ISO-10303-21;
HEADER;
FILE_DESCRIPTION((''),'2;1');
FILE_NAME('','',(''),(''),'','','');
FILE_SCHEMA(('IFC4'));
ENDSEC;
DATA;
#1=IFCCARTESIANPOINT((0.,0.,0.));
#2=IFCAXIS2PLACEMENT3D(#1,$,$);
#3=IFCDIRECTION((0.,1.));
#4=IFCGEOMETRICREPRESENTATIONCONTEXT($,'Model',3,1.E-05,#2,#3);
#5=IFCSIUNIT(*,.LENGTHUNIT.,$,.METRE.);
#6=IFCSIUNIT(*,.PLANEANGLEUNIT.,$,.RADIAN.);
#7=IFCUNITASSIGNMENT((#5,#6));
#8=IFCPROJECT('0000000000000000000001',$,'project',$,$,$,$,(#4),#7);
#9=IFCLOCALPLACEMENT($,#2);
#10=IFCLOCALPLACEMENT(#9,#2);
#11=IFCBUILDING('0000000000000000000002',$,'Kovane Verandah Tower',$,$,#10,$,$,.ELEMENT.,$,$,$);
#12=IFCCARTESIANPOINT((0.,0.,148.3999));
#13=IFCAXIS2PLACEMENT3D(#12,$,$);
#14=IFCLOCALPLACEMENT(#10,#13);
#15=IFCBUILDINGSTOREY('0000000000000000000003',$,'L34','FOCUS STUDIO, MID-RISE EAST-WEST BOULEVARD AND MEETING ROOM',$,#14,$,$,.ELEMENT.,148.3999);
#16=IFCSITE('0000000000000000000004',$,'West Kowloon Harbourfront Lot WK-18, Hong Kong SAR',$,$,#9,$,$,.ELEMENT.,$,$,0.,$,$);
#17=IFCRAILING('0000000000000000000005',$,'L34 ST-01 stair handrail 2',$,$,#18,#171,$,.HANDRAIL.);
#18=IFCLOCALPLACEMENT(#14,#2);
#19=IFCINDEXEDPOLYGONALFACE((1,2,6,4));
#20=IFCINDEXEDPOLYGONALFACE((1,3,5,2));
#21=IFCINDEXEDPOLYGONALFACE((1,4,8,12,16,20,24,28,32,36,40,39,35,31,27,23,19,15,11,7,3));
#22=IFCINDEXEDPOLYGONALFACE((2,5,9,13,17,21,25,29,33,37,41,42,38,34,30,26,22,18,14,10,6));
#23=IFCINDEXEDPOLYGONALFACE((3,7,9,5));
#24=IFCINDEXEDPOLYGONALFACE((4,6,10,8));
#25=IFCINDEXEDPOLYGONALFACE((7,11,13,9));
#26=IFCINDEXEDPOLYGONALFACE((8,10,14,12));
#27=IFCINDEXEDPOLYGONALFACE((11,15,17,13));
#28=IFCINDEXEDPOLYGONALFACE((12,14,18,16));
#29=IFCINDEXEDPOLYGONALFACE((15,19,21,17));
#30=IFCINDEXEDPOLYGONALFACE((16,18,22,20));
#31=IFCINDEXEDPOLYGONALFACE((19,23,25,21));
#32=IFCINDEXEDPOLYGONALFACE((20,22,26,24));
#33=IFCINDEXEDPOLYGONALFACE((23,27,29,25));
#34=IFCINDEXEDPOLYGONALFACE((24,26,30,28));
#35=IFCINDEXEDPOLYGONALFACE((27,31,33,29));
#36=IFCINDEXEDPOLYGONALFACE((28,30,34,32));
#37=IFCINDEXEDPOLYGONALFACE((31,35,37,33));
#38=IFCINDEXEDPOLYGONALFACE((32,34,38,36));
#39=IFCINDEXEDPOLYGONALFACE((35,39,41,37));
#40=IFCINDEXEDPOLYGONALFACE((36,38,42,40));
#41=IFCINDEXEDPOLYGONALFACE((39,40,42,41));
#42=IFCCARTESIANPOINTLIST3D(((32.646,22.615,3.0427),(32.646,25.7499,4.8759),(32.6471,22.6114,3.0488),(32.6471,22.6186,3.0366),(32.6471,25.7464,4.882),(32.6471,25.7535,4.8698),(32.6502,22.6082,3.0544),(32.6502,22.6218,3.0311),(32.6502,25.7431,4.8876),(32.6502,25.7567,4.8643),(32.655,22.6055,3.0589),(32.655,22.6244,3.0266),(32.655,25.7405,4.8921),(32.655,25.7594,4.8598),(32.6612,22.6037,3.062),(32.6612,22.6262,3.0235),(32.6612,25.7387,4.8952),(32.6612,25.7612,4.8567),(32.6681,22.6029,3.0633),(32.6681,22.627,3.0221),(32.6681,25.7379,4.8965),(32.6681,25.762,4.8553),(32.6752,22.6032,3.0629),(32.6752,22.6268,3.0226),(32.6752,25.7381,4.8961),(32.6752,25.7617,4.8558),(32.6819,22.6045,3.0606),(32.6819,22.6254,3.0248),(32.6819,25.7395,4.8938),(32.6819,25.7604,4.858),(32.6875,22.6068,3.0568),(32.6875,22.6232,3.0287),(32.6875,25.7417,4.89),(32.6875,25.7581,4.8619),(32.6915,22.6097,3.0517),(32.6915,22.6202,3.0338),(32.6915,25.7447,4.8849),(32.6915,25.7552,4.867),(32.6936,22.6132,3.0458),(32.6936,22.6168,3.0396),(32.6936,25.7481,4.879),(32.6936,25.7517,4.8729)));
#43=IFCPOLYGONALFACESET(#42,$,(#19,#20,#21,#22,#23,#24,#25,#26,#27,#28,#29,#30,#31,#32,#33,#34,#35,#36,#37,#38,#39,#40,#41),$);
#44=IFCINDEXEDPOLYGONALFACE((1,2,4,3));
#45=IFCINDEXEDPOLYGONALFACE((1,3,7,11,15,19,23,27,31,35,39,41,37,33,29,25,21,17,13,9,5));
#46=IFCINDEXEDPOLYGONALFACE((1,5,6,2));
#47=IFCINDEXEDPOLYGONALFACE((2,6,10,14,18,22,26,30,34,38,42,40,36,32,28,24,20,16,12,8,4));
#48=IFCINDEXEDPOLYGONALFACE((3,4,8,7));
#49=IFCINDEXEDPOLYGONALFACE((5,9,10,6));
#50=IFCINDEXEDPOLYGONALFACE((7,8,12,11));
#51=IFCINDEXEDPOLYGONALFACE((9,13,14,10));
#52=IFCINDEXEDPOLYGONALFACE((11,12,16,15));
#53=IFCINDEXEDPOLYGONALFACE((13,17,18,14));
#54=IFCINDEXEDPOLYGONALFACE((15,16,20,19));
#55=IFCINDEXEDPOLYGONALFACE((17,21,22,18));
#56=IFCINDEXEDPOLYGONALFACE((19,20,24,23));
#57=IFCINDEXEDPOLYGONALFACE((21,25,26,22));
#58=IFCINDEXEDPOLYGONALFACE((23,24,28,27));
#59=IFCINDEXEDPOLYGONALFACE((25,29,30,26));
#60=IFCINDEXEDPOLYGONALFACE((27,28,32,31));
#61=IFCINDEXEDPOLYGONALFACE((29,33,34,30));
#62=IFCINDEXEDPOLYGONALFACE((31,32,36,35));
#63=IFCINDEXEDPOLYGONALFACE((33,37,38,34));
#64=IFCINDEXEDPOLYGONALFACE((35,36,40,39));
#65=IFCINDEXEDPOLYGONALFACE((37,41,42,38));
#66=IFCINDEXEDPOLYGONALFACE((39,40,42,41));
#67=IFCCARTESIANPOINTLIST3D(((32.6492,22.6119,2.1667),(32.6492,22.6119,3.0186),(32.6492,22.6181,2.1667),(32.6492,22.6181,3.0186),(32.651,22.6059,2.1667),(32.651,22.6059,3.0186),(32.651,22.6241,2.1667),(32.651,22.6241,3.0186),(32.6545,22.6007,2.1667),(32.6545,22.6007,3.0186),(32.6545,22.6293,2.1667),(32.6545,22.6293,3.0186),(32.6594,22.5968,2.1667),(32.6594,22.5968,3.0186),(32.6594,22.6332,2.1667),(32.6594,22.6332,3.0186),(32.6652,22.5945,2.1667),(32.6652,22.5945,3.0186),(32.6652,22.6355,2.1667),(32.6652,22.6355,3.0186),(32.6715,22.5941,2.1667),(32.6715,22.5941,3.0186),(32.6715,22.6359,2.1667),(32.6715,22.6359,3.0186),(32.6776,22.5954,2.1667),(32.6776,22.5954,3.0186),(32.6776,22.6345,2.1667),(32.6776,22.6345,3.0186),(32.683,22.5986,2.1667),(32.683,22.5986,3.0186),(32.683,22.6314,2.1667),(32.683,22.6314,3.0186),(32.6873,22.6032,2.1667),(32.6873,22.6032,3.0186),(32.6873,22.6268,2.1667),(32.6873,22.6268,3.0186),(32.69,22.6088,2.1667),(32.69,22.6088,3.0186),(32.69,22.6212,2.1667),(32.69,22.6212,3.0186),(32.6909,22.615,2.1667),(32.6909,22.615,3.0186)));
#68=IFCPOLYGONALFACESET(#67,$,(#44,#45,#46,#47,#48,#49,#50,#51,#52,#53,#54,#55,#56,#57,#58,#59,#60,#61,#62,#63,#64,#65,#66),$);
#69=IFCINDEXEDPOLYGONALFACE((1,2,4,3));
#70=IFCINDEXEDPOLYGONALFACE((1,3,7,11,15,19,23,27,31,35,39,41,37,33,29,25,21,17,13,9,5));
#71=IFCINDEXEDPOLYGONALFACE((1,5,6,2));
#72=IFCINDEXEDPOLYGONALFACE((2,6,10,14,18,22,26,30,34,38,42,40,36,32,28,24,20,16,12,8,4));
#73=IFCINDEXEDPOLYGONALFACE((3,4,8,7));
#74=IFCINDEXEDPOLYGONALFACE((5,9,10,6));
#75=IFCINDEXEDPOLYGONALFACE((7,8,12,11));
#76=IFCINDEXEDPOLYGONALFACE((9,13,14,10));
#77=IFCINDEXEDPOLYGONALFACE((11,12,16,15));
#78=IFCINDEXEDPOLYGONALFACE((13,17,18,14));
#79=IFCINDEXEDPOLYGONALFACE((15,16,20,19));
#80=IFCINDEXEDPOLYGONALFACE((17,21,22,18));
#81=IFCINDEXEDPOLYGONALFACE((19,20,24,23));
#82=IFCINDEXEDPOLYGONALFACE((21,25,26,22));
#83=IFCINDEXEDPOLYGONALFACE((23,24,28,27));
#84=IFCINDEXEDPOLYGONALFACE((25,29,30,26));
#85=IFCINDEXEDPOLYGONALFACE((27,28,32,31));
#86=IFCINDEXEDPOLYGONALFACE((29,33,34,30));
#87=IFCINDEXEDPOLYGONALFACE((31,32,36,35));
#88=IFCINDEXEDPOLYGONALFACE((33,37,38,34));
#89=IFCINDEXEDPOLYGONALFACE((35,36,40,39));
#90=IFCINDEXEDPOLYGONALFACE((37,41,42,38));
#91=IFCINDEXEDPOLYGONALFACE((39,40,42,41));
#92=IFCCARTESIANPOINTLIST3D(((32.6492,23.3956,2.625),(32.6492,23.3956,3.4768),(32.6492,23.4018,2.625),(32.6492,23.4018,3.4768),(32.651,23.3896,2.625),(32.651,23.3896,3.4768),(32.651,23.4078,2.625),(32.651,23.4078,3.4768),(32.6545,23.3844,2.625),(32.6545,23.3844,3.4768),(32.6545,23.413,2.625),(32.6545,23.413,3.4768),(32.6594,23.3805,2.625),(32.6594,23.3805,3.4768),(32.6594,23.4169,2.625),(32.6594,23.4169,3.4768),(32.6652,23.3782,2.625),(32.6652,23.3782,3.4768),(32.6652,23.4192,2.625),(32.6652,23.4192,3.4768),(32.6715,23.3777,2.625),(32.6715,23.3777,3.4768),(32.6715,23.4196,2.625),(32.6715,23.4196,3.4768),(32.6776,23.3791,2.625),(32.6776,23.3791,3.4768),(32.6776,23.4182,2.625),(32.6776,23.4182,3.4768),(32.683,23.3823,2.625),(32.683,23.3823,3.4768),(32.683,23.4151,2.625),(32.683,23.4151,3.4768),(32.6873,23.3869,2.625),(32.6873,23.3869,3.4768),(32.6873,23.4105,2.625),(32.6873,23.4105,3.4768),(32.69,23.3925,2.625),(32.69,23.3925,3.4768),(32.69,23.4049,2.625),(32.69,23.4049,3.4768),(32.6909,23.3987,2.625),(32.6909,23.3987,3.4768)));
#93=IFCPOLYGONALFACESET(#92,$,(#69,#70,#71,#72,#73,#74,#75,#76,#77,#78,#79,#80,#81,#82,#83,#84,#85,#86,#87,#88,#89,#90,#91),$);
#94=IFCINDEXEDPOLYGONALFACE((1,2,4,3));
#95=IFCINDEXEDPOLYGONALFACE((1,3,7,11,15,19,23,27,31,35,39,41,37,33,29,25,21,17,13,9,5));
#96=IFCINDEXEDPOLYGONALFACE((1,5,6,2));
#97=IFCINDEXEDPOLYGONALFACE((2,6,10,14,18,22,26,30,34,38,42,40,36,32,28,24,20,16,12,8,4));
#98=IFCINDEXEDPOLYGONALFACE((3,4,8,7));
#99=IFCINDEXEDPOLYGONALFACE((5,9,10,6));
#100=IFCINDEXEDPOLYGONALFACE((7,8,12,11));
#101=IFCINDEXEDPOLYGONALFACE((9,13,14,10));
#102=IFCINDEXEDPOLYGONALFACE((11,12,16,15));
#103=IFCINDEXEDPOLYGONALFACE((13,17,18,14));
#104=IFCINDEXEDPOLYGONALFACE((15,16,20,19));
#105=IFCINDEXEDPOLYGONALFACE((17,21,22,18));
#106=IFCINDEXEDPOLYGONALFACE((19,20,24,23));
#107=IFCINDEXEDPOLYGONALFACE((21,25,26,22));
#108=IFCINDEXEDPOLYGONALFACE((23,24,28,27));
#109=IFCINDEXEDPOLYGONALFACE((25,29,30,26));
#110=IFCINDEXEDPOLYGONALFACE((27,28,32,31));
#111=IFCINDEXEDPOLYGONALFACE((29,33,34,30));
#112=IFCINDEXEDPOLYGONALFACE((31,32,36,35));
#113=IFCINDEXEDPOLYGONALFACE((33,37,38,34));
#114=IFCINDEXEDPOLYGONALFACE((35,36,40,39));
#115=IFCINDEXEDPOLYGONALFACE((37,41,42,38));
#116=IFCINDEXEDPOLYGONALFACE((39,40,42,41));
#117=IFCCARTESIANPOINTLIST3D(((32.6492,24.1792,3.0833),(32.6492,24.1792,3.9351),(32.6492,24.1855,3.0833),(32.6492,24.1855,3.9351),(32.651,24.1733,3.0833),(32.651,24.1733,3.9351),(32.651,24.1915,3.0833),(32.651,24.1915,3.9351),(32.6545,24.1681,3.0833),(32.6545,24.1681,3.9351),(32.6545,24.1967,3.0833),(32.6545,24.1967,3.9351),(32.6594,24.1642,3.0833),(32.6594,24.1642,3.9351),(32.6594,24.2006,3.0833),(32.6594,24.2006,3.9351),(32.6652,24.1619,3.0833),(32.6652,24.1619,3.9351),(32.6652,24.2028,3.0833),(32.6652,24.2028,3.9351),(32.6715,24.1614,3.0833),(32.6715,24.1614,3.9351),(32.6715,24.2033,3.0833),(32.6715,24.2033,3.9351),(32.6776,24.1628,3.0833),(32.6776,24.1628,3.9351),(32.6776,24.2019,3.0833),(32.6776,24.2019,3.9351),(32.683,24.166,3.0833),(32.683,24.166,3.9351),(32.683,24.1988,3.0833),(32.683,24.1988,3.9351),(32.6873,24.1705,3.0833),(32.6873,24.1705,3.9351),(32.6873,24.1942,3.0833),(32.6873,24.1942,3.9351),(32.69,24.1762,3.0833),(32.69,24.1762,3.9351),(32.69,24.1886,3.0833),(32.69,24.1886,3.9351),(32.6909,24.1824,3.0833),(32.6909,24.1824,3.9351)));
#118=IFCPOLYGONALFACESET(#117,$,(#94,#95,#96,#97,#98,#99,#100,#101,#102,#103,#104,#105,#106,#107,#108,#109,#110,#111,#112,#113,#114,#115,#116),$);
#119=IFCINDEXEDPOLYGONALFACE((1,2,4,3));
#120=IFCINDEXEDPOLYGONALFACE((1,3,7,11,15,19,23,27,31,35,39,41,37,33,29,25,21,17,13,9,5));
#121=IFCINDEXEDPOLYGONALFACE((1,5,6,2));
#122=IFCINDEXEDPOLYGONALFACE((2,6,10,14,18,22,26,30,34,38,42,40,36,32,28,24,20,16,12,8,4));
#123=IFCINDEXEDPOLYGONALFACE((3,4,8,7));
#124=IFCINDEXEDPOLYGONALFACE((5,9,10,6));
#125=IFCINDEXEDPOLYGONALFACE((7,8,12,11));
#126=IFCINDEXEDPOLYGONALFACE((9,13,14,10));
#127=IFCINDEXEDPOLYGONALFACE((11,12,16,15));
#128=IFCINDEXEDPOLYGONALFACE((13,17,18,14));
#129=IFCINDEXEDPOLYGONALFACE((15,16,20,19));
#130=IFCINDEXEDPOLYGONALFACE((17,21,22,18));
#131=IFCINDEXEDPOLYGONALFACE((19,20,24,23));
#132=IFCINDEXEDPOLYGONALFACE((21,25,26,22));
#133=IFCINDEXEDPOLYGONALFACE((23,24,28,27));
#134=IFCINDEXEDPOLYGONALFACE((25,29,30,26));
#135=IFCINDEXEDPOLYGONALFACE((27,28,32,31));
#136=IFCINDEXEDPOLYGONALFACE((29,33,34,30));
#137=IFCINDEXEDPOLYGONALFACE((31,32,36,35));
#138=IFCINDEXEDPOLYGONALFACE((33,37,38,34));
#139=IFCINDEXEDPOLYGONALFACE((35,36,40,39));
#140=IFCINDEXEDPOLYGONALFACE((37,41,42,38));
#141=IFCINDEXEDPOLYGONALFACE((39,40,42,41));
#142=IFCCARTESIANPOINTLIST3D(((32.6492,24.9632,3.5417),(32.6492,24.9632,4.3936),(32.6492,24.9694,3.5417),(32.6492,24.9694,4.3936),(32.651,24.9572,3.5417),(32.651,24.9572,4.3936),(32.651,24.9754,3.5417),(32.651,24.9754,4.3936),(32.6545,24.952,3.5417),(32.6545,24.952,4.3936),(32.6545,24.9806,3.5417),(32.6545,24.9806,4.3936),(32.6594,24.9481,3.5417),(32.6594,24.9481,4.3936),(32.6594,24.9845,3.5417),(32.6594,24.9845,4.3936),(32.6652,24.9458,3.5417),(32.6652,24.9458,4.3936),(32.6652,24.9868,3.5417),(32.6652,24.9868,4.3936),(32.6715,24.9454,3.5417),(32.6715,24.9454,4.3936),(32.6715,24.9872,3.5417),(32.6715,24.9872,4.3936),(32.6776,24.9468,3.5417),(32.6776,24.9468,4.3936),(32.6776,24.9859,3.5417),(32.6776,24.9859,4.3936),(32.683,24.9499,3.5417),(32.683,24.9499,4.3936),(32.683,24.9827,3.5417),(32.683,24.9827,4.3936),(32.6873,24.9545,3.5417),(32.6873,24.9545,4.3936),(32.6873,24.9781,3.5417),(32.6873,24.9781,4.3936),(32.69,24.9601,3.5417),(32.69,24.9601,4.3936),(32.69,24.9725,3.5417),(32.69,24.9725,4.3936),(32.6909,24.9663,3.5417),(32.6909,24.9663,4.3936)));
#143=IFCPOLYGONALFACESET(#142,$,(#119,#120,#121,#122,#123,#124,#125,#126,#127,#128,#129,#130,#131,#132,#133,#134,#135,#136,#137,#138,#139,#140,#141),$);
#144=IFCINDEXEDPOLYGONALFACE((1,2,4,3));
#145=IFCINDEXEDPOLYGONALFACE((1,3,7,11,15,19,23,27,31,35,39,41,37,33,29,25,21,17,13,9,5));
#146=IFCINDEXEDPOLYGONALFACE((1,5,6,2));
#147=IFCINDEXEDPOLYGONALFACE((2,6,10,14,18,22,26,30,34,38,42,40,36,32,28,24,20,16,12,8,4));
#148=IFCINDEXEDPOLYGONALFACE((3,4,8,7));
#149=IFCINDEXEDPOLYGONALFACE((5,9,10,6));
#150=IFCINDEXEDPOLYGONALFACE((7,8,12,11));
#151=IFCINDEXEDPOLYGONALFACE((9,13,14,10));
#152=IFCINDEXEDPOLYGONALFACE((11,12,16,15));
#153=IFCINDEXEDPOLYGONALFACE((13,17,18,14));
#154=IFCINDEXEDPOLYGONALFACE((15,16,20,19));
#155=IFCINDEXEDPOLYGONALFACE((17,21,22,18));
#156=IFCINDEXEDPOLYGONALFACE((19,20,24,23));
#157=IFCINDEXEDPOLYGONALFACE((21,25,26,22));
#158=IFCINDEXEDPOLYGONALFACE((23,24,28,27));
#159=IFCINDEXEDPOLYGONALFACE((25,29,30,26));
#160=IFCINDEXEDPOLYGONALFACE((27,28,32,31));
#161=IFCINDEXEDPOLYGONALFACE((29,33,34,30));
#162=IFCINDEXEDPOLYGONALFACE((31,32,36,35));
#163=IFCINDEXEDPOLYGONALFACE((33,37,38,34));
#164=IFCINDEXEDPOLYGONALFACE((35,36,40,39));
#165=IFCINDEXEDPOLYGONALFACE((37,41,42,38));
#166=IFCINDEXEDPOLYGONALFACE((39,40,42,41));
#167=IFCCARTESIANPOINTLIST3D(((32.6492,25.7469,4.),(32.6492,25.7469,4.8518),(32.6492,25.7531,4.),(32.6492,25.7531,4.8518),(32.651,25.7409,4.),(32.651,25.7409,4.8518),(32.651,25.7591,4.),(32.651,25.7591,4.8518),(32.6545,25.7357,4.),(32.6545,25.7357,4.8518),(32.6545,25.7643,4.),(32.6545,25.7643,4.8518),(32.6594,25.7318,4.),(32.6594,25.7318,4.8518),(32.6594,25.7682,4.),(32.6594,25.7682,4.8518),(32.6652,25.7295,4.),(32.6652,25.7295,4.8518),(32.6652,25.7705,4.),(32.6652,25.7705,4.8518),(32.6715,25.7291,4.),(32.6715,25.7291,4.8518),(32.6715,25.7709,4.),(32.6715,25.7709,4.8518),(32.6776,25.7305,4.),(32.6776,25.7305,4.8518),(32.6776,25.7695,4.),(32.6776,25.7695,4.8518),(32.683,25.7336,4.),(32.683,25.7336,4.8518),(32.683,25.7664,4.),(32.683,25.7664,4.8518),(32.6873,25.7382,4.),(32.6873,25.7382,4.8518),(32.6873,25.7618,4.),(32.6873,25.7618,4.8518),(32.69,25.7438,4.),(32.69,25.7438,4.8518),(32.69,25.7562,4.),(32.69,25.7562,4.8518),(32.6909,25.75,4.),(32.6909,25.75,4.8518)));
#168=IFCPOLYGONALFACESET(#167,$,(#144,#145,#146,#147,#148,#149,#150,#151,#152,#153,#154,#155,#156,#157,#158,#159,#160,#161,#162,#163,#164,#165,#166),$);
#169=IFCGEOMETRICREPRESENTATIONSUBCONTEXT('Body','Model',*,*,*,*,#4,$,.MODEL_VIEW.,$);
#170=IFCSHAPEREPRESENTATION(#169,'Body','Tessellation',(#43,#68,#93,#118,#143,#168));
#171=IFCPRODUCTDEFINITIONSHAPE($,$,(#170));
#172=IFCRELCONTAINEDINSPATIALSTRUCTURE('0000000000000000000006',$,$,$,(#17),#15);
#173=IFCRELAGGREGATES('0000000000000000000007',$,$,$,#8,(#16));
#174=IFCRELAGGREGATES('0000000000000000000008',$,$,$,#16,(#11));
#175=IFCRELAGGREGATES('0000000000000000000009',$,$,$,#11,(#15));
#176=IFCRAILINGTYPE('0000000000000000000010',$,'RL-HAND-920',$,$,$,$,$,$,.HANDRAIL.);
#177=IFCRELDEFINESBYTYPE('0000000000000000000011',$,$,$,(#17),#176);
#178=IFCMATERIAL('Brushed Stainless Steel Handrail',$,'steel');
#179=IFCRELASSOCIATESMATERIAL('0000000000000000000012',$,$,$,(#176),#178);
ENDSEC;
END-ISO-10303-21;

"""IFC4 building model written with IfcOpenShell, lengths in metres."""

from ifc_helpers import new_model, si_unit, direction, frame, origin, origin_2d, place, context, subcontext, project, spatial, circle, extrude, material, type_object, element, save


model = new_model("IFC4")

# Units and contexts
model_context = context("Model", 3, precision=1e-05, world=origin(), true_north=direction((0.0, 1.0)))
body_context = subcontext(model_context, "Body", "Model", "MODEL_VIEW")
ifc_project = project(units=[si_unit("LENGTHUNIT", "METRE"), si_unit("PLANEANGLEUNIT", "RADIAN")], contexts=[model_context])

# Site, building, storey
site_placement = place(None, origin())
site = spatial("IfcSite", under=ifc_project, at=site_placement, Name="West Kowloon Harbourfront Lot WK-18, Hong Kong SAR", CompositionType="ELEMENT", RefElevation=0.0)
building_placement = place(site_placement, origin())
building = spatial("IfcBuilding", under=site, at=building_placement, Name="Kovane Verandah Tower", CompositionType="ELEMENT")
storey_placement = place(building_placement, frame((0.0, 0.0, 148.3999)))
storey = spatial("IfcBuildingStorey", under=building, at=storey_placement, Name="L34", Description="FOCUS STUDIO, MID-RISE EAST-WEST BOULEVARD AND MEETING ROOM", CompositionType="ELEMENT", Elevation=148.3999)

# Railing
ifc_material_1 = material(Name="Brushed Stainless Steel Handrail", Category="steel")
railing_type_1 = type_object("IfcRailingType", Name="RL-HAND-920", PredefinedType="HANDRAIL", material=ifc_material_1)
railing_1_placement = place(storey_placement, frame((32.6699, 22.615, 2.1667)))
element("IfcRailing", 1, at=railing_1_placement, inside=storey, type_object=railing_type_1, Name="L34 ST-01 stair handrail 2", PredefinedType="HANDRAIL", context=body_context, shape_type="SweptSolid", body=[
    extrude(circle(Radius=0.0239, at=origin_2d()), frame((0.0, 0.0, 0.876), z_axis=(0.0, 0.86324, 0.504794), x_axis=(-1.0, 0.0, 0.0)), (0.0, 0.0, 1.0), 3.6316),
    extrude(circle(Radius=0.021, at=origin_2d()), origin(), (0.0, 0.0, 1.0), 0.8518),
    extrude(circle(Radius=0.021, at=origin_2d()), frame((0.0, 0.7837, 0.4583)), (0.0, 0.0, 1.0), 0.8518),
    extrude(circle(Radius=0.021, at=origin_2d()), frame((0.0, 1.5674, 0.9165)), (0.0, 0.0, 1.0), 0.8518),
    extrude(circle(Radius=0.021, at=origin_2d()), frame((0.0, 2.3513, 1.375)), (0.0, 0.0, 1.0), 0.8518),
    extrude(circle(Radius=0.021, at=origin_2d()), frame((0.0, 3.135, 1.8333)), (0.0, 0.0, 1.0), 0.8518),
])

save(model, "model.ifc")
